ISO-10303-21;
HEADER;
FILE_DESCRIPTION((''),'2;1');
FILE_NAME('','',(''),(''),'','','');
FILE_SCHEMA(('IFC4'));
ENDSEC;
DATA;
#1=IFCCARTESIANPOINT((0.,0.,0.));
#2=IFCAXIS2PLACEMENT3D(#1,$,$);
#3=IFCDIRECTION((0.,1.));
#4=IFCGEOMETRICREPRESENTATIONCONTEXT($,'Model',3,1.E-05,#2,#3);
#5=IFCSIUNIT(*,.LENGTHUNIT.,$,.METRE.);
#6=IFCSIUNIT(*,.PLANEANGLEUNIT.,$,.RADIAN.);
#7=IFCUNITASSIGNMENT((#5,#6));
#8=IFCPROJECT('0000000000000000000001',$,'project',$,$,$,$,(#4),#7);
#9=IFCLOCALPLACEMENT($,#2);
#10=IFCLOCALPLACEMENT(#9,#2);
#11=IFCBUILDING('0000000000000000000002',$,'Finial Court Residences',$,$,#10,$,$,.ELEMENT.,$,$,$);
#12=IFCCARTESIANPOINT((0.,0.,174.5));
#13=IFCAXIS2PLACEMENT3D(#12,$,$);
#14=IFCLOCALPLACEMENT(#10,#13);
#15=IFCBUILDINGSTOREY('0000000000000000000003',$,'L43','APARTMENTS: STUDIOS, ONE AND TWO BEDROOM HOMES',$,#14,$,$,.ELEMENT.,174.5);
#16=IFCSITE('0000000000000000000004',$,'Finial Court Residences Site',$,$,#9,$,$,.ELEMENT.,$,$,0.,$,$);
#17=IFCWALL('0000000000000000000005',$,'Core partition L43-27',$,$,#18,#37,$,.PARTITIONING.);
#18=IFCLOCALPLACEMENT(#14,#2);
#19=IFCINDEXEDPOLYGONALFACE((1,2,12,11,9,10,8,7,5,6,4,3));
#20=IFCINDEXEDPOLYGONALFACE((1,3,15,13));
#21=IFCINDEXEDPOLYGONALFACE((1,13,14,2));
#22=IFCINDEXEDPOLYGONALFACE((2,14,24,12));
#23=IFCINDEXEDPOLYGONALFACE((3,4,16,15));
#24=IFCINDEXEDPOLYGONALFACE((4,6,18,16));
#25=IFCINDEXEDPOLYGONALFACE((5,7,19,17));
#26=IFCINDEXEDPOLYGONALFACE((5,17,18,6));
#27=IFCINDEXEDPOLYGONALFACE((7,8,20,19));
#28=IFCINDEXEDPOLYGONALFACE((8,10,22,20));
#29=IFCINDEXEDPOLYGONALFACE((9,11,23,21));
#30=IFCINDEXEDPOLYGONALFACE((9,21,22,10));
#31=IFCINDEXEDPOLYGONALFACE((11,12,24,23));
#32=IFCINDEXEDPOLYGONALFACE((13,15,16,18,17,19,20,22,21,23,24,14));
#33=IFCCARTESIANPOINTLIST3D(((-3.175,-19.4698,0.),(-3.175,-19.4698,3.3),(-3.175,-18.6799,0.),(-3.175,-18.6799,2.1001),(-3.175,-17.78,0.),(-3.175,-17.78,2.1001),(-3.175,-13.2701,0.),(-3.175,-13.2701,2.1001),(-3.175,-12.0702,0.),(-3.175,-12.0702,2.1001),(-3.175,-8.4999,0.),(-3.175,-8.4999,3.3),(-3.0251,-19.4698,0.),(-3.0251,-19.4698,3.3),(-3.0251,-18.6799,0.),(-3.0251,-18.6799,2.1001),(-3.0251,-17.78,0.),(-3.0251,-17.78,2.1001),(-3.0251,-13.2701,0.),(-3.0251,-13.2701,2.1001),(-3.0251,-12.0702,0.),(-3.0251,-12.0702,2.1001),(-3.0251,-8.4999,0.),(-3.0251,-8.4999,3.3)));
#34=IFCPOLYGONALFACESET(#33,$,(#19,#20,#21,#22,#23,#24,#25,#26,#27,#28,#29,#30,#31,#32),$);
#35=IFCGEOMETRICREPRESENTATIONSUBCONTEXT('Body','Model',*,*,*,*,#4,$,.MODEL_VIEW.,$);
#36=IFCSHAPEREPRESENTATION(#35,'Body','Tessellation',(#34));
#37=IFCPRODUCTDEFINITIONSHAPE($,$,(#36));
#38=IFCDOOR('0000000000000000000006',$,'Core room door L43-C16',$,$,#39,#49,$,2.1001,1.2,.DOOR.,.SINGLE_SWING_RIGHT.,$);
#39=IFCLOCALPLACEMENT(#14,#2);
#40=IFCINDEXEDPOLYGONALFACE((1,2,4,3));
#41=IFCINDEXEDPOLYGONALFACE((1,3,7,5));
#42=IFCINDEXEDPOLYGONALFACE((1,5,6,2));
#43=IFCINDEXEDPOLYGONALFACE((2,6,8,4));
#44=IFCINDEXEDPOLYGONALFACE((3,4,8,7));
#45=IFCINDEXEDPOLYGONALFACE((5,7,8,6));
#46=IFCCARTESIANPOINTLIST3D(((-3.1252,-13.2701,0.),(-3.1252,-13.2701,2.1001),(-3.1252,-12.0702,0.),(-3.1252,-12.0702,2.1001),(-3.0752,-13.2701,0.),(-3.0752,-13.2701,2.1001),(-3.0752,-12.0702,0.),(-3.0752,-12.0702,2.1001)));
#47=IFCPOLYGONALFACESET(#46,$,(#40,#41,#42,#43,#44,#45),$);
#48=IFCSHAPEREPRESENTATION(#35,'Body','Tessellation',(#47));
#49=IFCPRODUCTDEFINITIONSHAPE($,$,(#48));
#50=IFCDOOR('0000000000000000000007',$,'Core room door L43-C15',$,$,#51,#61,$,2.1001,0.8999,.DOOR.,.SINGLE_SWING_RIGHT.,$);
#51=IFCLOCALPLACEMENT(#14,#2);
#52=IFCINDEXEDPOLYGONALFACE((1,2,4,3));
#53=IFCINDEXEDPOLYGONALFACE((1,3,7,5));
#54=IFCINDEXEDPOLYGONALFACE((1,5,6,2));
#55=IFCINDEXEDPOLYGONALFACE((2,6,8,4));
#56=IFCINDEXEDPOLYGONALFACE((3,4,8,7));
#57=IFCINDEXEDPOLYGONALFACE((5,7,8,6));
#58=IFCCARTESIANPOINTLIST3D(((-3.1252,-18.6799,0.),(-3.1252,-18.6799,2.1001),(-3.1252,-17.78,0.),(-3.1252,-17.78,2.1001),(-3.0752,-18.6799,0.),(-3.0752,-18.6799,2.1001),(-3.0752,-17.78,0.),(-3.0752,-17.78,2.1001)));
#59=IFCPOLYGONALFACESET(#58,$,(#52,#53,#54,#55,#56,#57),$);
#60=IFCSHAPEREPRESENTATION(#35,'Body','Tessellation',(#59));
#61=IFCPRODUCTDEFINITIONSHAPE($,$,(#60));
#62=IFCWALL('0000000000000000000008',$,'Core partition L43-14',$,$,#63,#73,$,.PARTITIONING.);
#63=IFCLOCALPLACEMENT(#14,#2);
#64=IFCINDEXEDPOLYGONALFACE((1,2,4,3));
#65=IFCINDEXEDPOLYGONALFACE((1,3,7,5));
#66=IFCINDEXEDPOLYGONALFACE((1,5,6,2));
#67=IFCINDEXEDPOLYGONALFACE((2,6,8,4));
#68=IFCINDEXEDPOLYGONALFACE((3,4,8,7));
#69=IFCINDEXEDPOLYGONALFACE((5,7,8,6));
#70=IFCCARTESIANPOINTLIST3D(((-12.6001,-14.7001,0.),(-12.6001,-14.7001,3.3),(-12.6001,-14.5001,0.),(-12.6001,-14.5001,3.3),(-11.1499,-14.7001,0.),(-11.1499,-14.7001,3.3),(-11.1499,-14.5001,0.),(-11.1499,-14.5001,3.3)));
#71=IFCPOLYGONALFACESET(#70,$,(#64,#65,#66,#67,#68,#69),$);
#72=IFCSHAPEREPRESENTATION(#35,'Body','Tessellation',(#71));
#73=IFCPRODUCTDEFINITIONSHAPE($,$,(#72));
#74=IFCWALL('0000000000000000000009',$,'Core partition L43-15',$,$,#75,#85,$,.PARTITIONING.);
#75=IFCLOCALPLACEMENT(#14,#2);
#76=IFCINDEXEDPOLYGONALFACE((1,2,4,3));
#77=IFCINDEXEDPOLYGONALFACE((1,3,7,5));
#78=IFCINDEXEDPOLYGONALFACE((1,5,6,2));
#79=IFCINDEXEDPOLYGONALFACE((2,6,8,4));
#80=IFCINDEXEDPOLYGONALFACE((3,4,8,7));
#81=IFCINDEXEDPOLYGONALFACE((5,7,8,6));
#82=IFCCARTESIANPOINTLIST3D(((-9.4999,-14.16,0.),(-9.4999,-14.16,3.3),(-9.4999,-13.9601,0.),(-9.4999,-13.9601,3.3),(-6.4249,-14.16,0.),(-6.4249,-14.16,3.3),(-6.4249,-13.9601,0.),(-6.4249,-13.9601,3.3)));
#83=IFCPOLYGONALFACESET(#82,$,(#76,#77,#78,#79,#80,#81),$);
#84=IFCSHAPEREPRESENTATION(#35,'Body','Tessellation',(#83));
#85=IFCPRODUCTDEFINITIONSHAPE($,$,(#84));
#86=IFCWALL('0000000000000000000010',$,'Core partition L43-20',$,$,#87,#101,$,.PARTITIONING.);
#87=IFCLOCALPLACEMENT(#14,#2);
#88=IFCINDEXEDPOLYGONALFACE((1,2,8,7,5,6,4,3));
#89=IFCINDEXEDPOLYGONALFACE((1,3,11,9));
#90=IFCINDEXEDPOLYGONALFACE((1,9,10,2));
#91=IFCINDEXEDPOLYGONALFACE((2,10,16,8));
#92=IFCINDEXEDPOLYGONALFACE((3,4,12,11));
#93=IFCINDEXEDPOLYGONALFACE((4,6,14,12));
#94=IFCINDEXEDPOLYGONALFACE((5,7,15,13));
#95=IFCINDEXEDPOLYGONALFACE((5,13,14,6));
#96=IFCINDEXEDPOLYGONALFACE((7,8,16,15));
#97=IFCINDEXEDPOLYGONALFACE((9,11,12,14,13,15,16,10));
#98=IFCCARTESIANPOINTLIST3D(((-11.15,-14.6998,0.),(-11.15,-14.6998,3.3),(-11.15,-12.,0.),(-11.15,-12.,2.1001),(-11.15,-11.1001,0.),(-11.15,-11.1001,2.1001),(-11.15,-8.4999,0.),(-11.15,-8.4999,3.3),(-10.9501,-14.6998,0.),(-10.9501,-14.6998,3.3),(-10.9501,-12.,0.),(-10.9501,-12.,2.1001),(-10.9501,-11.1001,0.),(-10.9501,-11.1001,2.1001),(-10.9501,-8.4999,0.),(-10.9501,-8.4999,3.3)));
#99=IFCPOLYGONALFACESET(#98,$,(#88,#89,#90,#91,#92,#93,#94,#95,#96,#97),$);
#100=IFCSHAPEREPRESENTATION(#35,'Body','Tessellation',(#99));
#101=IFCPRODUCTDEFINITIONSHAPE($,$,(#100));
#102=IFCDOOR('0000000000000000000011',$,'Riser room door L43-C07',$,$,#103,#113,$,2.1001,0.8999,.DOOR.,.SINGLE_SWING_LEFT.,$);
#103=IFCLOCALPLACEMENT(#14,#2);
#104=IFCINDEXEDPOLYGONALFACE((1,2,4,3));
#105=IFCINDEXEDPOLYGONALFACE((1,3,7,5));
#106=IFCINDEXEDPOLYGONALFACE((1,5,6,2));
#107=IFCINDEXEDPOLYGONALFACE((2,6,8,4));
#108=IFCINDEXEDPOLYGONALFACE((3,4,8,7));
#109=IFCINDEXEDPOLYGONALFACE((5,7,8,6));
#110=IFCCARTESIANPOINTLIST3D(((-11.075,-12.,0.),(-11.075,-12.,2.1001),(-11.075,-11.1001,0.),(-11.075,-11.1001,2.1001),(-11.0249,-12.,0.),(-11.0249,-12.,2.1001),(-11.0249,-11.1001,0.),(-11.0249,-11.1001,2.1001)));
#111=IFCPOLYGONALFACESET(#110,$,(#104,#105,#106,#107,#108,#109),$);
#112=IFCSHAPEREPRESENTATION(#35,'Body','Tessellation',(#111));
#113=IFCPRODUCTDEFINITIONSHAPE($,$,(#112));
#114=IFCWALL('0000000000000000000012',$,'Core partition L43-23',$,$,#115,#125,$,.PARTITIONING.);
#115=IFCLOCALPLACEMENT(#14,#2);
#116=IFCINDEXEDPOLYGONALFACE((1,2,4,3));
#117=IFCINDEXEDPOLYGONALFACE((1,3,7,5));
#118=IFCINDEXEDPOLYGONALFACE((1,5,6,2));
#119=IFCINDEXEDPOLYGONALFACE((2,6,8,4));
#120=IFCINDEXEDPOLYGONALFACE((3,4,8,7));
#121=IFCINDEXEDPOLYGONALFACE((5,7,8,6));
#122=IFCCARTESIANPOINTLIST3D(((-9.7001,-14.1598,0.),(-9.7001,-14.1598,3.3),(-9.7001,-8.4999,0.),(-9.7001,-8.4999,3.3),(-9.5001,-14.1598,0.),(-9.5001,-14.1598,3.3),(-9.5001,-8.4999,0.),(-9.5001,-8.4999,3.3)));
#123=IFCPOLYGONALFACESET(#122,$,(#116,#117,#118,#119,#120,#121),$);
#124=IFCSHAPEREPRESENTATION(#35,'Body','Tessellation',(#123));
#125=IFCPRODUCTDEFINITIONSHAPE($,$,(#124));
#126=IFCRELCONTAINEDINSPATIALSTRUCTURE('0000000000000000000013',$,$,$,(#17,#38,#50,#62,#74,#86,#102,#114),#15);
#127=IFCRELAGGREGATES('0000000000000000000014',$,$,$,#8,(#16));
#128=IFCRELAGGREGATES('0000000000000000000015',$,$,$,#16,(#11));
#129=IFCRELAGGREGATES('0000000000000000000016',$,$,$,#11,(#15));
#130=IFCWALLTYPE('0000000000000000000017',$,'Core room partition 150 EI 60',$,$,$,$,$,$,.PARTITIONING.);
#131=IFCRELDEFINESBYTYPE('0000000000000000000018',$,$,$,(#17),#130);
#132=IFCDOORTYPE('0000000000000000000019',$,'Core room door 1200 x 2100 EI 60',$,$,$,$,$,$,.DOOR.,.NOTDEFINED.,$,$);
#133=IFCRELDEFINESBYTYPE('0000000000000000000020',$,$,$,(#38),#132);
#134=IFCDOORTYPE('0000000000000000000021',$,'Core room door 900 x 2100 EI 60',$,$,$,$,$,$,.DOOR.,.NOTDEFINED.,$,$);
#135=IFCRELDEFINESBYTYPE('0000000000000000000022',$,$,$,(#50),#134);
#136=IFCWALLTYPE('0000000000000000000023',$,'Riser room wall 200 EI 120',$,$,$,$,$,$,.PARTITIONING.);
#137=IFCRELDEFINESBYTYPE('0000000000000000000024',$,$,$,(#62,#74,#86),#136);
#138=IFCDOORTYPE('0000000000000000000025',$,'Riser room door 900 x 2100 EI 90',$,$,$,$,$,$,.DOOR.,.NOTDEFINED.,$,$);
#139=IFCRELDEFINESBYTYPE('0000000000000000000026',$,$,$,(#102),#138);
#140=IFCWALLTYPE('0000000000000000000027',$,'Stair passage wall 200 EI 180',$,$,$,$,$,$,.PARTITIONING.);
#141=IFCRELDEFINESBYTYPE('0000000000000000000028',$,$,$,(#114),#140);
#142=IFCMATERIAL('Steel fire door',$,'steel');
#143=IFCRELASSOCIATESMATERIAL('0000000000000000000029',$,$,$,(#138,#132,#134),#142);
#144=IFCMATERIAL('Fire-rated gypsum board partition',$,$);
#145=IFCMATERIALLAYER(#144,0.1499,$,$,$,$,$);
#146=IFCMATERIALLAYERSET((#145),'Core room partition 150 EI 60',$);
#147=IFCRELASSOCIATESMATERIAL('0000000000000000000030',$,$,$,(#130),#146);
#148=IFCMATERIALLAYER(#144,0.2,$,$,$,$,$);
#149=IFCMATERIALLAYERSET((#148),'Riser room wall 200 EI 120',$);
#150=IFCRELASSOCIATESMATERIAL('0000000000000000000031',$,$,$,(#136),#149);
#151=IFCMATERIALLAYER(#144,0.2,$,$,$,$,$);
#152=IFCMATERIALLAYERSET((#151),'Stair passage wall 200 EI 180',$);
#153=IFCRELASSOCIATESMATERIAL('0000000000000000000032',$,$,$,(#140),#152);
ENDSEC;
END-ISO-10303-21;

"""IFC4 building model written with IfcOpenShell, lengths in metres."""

from ifc_helpers import new_model, si_unit, direction, frame, frame_2d, origin, place, context, subcontext, project, spatial, rectangle, extrude, material, layer, layer_set, type_object, element, fill, save


model = new_model("IFC4")

# Units and contexts
model_context = context("Model", 3, precision=1e-05, world=origin(), true_north=direction((0.0, 1.0)))
body_context = subcontext(model_context, "Body", "Model", "MODEL_VIEW")
ifc_project = project(units=[si_unit("LENGTHUNIT", "METRE"), si_unit("PLANEANGLEUNIT", "RADIAN")], contexts=[model_context])

# Site, building, storey
site_placement = place(None, origin())
site = spatial("IfcSite", under=ifc_project, at=site_placement, Name="Finial Court Residences Site", CompositionType="ELEMENT", RefElevation=0.0)
building_placement = place(site_placement, origin())
building = spatial("IfcBuilding", under=site, at=building_placement, Name="Finial Court Residences", CompositionType="ELEMENT")
storey_placement = place(building_placement, frame((0.0, 0.0, 174.5)))
storey = spatial("IfcBuildingStorey", under=building, at=storey_placement, Name="L43", Description="APARTMENTS: STUDIOS, ONE AND TWO BEDROOM HOMES", CompositionType="ELEMENT", Elevation=174.5)

# Shared definitions
ifc_material_1 = material(Name="Steel fire door", Category="steel")
door_type_1 = type_object("IfcDoorType", Name="Riser room door 900 x 2100 EI 90", OperationType="NOTDEFINED", PredefinedType="DOOR", material=ifc_material_1)

# Shared definitions
ifc_material_2 = material(Name="Fire-rated gypsum board partition")
ifc_layer_1 = layer(ifc_material_2, 0.1499)
ifc_layer_set_1 = layer_set([ifc_layer_1], Name="Core room partition 150 EI 60")
wall_type_1 = type_object("IfcWallType", Name="Core room partition 150 EI 60", PredefinedType="PARTITIONING", material=ifc_layer_set_1)

# Shared definitions
door_type_2 = type_object("IfcDoorType", Name="Core room door 1200 x 2100 EI 60", OperationType="NOTDEFINED", PredefinedType="DOOR", material=ifc_material_1)

# Wall, openings, doors
wall_1_placement = place(storey_placement, frame((-3.1001, -8.5, 0.0), z_axis=(0.0, 0.0, 1.0), x_axis=(0.0, -1.0, 0.0)))
wall_1 = element("IfcWall", 1, at=wall_1_placement, inside=storey, type_object=wall_type_1, Name="Core partition L43-27", PredefinedType="PARTITIONING", context=body_context, shape_type="SweptSolid", body=[
    extrude(rectangle(XDim=10.97, YDim=0.1499, at=frame_2d((5.4849, 0.0))), origin(), (0.0, 0.0, 1.0), 3.3),
])
opening_1_placement = place(wall_1_placement, frame((9.28, 0.0, 0.0)))
opening_1 = element("IfcOpeningElement", 2, at=opening_1_placement, cuts=wall_1, PredefinedType="OPENING", context=body_context, shape_type="SweptSolid", body=[
    extrude(rectangle(XDim=0.8999, YDim=2.1001, at=frame_2d((0.45, 1.05))), frame((0.0, 0.085, 0.0), z_axis=(0.0, -1.0, 0.0), x_axis=(1.0, 0.0, 0.0)), (0.0, 0.0, 1.0), 0.1699),
])
opening_2_placement = place(wall_1_placement, frame((3.5701, 0.0, 0.0)))
opening_2 = element("IfcOpeningElement", 3, at=opening_2_placement, cuts=wall_1, PredefinedType="OPENING", context=body_context, shape_type="SweptSolid", body=[
    extrude(rectangle(XDim=1.2, YDim=2.1001, at=frame_2d((0.6001, 1.05))), frame((0.0, 0.085, 0.0), z_axis=(0.0, -1.0, 0.0), x_axis=(1.0, 0.0, 0.0)), (0.0, 0.0, 1.0), 0.1699),
])
door_1_placement = place(opening_2_placement, origin())
door_1 = element("IfcDoor", 4, at=door_1_placement, inside=storey, type_object=door_type_2, Name="Core room door L43-C16", OperationType="SINGLE_SWING_RIGHT", OverallHeight=2.1001, OverallWidth=1.2, PredefinedType="DOOR", context=body_context, shape_type="SweptSolid", body=[
    extrude(rectangle(XDim=1.2, YDim=2.1001, at=frame_2d((0.6001, 1.05))), frame((0.0, 0.0249, 0.0), z_axis=(0.0, -1.0, 0.0), x_axis=(1.0, 0.0, 0.0)), (0.0, 0.0, 1.0), 0.05),
])
fill(opening_2, door_1)
door_type_3 = type_object("IfcDoorType", Name="Core room door 900 x 2100 EI 60", OperationType="NOTDEFINED", PredefinedType="DOOR", material=ifc_material_1)
door_2_placement = place(opening_1_placement, origin())
door_2 = element("IfcDoor", 5, at=door_2_placement, inside=storey, type_object=door_type_3, Name="Core room door L43-C15", OperationType="SINGLE_SWING_RIGHT", OverallHeight=2.1001, OverallWidth=0.8999, PredefinedType="DOOR", context=body_context, shape_type="SweptSolid", body=[
    extrude(rectangle(XDim=0.8999, YDim=2.1001, at=frame_2d((0.45, 1.05))), frame((0.0, 0.0249, 0.0), z_axis=(0.0, -1.0, 0.0), x_axis=(1.0, 0.0, 0.0)), (0.0, 0.0, 1.0), 0.05),
])
fill(opening_1, door_2)

# Walls
ifc_layer_2 = layer(ifc_material_2, 0.2)
ifc_layer_set_2 = layer_set([ifc_layer_2], Name="Riser room wall 200 EI 120")
wall_type_2 = type_object("IfcWallType", Name="Riser room wall 200 EI 120", PredefinedType="PARTITIONING", material=ifc_layer_set_2)
wall_2_placement = place(storey_placement, frame((-12.6001, -14.6001, 0.0), z_axis=(0.0, 0.0, 1.0), x_axis=(1.0, 0.0, 0.0)))
element("IfcWall", 6, at=wall_2_placement, inside=storey, type_object=wall_type_2, Name="Core partition L43-14", PredefinedType="PARTITIONING", context=body_context, shape_type="SweptSolid", body=[
    extrude(rectangle(XDim=1.4502, YDim=0.2, at=frame_2d((0.7251, 0.0))), origin(), (0.0, 0.0, 1.0), 3.3),
])
wall_3_placement = place(storey_placement, frame((-9.5, -14.0601, 0.0), z_axis=(0.0, 0.0, 1.0), x_axis=(1.0, 0.0, 0.0)))
element("IfcWall", 7, at=wall_3_placement, inside=storey, type_object=wall_type_2, Name="Core partition L43-15", PredefinedType="PARTITIONING", context=body_context, shape_type="SweptSolid", body=[
    extrude(rectangle(XDim=3.075, YDim=0.2, at=frame_2d((1.5376, 0.0))), origin(), (0.0, 0.0, 1.0), 3.3),
])

# Wall, opening, door
wall_4_placement = place(storey_placement, frame((-11.05, -14.7, 0.0), z_axis=(0.0, 0.0, 1.0), x_axis=(0.0, 1.0, 0.0)))
wall_4 = element("IfcWall", 8, at=wall_4_placement, inside=storey, type_object=wall_type_2, Name="Core partition L43-20", PredefinedType="PARTITIONING", context=body_context, shape_type="SweptSolid", body=[
    extrude(rectangle(XDim=6.2, YDim=0.2, at=frame_2d((3.1001, 0.0))), origin(), (0.0, 0.0, 1.0), 3.3),
])
opening_3_placement = place(wall_4_placement, frame((2.7, 0.0, 0.0)))
opening_3 = element("IfcOpeningElement", 9, at=opening_3_placement, cuts=wall_4, PredefinedType="OPENING", context=body_context, shape_type="SweptSolid", body=[
    extrude(rectangle(XDim=0.8999, YDim=2.1001, at=frame_2d((0.45, 1.05))), frame((0.0, 0.1099, 0.0), z_axis=(0.0, -1.0, 0.0), x_axis=(1.0, 0.0, 0.0)), (0.0, 0.0, 1.0), 0.22),
])
door_3_placement = place(opening_3_placement, origin())
door_3 = element("IfcDoor", 10, at=door_3_placement, inside=storey, type_object=door_type_1, Name="Riser room door L43-C07", OperationType="SINGLE_SWING_LEFT", OverallHeight=2.1001, OverallWidth=0.8999, PredefinedType="DOOR", context=body_context, shape_type="SweptSolid", body=[
    extrude(rectangle(XDim=0.8999, YDim=2.1001, at=frame_2d((0.45, 1.05))), frame((0.0, 0.0249, 0.0), z_axis=(0.0, -1.0, 0.0), x_axis=(1.0, 0.0, 0.0)), (0.0, 0.0, 1.0), 0.05),
])
fill(opening_3, door_3)

# Wall
ifc_layer_3 = layer(ifc_material_2, 0.2)
ifc_layer_set_3 = layer_set([ifc_layer_3], Name="Stair passage wall 200 EI 180")
wall_type_3 = type_object("IfcWallType", Name="Stair passage wall 200 EI 180", PredefinedType="PARTITIONING", material=ifc_layer_set_3)
wall_5_placement = place(storey_placement, frame((-9.6001, -14.1599, 0.0), z_axis=(0.0, 0.0, 1.0), x_axis=(0.0, 1.0, 0.0)))
element("IfcWall", 11, at=wall_5_placement, inside=storey, type_object=wall_type_3, Name="Core partition L43-23", PredefinedType="PARTITIONING", context=body_context, shape_type="SweptSolid", body=[
    extrude(rectangle(XDim=5.6599, YDim=0.2, at=frame_2d((2.8301, 0.0))), origin(), (0.0, 0.0, 1.0), 3.3),
])

save(model, "model.ifc")
